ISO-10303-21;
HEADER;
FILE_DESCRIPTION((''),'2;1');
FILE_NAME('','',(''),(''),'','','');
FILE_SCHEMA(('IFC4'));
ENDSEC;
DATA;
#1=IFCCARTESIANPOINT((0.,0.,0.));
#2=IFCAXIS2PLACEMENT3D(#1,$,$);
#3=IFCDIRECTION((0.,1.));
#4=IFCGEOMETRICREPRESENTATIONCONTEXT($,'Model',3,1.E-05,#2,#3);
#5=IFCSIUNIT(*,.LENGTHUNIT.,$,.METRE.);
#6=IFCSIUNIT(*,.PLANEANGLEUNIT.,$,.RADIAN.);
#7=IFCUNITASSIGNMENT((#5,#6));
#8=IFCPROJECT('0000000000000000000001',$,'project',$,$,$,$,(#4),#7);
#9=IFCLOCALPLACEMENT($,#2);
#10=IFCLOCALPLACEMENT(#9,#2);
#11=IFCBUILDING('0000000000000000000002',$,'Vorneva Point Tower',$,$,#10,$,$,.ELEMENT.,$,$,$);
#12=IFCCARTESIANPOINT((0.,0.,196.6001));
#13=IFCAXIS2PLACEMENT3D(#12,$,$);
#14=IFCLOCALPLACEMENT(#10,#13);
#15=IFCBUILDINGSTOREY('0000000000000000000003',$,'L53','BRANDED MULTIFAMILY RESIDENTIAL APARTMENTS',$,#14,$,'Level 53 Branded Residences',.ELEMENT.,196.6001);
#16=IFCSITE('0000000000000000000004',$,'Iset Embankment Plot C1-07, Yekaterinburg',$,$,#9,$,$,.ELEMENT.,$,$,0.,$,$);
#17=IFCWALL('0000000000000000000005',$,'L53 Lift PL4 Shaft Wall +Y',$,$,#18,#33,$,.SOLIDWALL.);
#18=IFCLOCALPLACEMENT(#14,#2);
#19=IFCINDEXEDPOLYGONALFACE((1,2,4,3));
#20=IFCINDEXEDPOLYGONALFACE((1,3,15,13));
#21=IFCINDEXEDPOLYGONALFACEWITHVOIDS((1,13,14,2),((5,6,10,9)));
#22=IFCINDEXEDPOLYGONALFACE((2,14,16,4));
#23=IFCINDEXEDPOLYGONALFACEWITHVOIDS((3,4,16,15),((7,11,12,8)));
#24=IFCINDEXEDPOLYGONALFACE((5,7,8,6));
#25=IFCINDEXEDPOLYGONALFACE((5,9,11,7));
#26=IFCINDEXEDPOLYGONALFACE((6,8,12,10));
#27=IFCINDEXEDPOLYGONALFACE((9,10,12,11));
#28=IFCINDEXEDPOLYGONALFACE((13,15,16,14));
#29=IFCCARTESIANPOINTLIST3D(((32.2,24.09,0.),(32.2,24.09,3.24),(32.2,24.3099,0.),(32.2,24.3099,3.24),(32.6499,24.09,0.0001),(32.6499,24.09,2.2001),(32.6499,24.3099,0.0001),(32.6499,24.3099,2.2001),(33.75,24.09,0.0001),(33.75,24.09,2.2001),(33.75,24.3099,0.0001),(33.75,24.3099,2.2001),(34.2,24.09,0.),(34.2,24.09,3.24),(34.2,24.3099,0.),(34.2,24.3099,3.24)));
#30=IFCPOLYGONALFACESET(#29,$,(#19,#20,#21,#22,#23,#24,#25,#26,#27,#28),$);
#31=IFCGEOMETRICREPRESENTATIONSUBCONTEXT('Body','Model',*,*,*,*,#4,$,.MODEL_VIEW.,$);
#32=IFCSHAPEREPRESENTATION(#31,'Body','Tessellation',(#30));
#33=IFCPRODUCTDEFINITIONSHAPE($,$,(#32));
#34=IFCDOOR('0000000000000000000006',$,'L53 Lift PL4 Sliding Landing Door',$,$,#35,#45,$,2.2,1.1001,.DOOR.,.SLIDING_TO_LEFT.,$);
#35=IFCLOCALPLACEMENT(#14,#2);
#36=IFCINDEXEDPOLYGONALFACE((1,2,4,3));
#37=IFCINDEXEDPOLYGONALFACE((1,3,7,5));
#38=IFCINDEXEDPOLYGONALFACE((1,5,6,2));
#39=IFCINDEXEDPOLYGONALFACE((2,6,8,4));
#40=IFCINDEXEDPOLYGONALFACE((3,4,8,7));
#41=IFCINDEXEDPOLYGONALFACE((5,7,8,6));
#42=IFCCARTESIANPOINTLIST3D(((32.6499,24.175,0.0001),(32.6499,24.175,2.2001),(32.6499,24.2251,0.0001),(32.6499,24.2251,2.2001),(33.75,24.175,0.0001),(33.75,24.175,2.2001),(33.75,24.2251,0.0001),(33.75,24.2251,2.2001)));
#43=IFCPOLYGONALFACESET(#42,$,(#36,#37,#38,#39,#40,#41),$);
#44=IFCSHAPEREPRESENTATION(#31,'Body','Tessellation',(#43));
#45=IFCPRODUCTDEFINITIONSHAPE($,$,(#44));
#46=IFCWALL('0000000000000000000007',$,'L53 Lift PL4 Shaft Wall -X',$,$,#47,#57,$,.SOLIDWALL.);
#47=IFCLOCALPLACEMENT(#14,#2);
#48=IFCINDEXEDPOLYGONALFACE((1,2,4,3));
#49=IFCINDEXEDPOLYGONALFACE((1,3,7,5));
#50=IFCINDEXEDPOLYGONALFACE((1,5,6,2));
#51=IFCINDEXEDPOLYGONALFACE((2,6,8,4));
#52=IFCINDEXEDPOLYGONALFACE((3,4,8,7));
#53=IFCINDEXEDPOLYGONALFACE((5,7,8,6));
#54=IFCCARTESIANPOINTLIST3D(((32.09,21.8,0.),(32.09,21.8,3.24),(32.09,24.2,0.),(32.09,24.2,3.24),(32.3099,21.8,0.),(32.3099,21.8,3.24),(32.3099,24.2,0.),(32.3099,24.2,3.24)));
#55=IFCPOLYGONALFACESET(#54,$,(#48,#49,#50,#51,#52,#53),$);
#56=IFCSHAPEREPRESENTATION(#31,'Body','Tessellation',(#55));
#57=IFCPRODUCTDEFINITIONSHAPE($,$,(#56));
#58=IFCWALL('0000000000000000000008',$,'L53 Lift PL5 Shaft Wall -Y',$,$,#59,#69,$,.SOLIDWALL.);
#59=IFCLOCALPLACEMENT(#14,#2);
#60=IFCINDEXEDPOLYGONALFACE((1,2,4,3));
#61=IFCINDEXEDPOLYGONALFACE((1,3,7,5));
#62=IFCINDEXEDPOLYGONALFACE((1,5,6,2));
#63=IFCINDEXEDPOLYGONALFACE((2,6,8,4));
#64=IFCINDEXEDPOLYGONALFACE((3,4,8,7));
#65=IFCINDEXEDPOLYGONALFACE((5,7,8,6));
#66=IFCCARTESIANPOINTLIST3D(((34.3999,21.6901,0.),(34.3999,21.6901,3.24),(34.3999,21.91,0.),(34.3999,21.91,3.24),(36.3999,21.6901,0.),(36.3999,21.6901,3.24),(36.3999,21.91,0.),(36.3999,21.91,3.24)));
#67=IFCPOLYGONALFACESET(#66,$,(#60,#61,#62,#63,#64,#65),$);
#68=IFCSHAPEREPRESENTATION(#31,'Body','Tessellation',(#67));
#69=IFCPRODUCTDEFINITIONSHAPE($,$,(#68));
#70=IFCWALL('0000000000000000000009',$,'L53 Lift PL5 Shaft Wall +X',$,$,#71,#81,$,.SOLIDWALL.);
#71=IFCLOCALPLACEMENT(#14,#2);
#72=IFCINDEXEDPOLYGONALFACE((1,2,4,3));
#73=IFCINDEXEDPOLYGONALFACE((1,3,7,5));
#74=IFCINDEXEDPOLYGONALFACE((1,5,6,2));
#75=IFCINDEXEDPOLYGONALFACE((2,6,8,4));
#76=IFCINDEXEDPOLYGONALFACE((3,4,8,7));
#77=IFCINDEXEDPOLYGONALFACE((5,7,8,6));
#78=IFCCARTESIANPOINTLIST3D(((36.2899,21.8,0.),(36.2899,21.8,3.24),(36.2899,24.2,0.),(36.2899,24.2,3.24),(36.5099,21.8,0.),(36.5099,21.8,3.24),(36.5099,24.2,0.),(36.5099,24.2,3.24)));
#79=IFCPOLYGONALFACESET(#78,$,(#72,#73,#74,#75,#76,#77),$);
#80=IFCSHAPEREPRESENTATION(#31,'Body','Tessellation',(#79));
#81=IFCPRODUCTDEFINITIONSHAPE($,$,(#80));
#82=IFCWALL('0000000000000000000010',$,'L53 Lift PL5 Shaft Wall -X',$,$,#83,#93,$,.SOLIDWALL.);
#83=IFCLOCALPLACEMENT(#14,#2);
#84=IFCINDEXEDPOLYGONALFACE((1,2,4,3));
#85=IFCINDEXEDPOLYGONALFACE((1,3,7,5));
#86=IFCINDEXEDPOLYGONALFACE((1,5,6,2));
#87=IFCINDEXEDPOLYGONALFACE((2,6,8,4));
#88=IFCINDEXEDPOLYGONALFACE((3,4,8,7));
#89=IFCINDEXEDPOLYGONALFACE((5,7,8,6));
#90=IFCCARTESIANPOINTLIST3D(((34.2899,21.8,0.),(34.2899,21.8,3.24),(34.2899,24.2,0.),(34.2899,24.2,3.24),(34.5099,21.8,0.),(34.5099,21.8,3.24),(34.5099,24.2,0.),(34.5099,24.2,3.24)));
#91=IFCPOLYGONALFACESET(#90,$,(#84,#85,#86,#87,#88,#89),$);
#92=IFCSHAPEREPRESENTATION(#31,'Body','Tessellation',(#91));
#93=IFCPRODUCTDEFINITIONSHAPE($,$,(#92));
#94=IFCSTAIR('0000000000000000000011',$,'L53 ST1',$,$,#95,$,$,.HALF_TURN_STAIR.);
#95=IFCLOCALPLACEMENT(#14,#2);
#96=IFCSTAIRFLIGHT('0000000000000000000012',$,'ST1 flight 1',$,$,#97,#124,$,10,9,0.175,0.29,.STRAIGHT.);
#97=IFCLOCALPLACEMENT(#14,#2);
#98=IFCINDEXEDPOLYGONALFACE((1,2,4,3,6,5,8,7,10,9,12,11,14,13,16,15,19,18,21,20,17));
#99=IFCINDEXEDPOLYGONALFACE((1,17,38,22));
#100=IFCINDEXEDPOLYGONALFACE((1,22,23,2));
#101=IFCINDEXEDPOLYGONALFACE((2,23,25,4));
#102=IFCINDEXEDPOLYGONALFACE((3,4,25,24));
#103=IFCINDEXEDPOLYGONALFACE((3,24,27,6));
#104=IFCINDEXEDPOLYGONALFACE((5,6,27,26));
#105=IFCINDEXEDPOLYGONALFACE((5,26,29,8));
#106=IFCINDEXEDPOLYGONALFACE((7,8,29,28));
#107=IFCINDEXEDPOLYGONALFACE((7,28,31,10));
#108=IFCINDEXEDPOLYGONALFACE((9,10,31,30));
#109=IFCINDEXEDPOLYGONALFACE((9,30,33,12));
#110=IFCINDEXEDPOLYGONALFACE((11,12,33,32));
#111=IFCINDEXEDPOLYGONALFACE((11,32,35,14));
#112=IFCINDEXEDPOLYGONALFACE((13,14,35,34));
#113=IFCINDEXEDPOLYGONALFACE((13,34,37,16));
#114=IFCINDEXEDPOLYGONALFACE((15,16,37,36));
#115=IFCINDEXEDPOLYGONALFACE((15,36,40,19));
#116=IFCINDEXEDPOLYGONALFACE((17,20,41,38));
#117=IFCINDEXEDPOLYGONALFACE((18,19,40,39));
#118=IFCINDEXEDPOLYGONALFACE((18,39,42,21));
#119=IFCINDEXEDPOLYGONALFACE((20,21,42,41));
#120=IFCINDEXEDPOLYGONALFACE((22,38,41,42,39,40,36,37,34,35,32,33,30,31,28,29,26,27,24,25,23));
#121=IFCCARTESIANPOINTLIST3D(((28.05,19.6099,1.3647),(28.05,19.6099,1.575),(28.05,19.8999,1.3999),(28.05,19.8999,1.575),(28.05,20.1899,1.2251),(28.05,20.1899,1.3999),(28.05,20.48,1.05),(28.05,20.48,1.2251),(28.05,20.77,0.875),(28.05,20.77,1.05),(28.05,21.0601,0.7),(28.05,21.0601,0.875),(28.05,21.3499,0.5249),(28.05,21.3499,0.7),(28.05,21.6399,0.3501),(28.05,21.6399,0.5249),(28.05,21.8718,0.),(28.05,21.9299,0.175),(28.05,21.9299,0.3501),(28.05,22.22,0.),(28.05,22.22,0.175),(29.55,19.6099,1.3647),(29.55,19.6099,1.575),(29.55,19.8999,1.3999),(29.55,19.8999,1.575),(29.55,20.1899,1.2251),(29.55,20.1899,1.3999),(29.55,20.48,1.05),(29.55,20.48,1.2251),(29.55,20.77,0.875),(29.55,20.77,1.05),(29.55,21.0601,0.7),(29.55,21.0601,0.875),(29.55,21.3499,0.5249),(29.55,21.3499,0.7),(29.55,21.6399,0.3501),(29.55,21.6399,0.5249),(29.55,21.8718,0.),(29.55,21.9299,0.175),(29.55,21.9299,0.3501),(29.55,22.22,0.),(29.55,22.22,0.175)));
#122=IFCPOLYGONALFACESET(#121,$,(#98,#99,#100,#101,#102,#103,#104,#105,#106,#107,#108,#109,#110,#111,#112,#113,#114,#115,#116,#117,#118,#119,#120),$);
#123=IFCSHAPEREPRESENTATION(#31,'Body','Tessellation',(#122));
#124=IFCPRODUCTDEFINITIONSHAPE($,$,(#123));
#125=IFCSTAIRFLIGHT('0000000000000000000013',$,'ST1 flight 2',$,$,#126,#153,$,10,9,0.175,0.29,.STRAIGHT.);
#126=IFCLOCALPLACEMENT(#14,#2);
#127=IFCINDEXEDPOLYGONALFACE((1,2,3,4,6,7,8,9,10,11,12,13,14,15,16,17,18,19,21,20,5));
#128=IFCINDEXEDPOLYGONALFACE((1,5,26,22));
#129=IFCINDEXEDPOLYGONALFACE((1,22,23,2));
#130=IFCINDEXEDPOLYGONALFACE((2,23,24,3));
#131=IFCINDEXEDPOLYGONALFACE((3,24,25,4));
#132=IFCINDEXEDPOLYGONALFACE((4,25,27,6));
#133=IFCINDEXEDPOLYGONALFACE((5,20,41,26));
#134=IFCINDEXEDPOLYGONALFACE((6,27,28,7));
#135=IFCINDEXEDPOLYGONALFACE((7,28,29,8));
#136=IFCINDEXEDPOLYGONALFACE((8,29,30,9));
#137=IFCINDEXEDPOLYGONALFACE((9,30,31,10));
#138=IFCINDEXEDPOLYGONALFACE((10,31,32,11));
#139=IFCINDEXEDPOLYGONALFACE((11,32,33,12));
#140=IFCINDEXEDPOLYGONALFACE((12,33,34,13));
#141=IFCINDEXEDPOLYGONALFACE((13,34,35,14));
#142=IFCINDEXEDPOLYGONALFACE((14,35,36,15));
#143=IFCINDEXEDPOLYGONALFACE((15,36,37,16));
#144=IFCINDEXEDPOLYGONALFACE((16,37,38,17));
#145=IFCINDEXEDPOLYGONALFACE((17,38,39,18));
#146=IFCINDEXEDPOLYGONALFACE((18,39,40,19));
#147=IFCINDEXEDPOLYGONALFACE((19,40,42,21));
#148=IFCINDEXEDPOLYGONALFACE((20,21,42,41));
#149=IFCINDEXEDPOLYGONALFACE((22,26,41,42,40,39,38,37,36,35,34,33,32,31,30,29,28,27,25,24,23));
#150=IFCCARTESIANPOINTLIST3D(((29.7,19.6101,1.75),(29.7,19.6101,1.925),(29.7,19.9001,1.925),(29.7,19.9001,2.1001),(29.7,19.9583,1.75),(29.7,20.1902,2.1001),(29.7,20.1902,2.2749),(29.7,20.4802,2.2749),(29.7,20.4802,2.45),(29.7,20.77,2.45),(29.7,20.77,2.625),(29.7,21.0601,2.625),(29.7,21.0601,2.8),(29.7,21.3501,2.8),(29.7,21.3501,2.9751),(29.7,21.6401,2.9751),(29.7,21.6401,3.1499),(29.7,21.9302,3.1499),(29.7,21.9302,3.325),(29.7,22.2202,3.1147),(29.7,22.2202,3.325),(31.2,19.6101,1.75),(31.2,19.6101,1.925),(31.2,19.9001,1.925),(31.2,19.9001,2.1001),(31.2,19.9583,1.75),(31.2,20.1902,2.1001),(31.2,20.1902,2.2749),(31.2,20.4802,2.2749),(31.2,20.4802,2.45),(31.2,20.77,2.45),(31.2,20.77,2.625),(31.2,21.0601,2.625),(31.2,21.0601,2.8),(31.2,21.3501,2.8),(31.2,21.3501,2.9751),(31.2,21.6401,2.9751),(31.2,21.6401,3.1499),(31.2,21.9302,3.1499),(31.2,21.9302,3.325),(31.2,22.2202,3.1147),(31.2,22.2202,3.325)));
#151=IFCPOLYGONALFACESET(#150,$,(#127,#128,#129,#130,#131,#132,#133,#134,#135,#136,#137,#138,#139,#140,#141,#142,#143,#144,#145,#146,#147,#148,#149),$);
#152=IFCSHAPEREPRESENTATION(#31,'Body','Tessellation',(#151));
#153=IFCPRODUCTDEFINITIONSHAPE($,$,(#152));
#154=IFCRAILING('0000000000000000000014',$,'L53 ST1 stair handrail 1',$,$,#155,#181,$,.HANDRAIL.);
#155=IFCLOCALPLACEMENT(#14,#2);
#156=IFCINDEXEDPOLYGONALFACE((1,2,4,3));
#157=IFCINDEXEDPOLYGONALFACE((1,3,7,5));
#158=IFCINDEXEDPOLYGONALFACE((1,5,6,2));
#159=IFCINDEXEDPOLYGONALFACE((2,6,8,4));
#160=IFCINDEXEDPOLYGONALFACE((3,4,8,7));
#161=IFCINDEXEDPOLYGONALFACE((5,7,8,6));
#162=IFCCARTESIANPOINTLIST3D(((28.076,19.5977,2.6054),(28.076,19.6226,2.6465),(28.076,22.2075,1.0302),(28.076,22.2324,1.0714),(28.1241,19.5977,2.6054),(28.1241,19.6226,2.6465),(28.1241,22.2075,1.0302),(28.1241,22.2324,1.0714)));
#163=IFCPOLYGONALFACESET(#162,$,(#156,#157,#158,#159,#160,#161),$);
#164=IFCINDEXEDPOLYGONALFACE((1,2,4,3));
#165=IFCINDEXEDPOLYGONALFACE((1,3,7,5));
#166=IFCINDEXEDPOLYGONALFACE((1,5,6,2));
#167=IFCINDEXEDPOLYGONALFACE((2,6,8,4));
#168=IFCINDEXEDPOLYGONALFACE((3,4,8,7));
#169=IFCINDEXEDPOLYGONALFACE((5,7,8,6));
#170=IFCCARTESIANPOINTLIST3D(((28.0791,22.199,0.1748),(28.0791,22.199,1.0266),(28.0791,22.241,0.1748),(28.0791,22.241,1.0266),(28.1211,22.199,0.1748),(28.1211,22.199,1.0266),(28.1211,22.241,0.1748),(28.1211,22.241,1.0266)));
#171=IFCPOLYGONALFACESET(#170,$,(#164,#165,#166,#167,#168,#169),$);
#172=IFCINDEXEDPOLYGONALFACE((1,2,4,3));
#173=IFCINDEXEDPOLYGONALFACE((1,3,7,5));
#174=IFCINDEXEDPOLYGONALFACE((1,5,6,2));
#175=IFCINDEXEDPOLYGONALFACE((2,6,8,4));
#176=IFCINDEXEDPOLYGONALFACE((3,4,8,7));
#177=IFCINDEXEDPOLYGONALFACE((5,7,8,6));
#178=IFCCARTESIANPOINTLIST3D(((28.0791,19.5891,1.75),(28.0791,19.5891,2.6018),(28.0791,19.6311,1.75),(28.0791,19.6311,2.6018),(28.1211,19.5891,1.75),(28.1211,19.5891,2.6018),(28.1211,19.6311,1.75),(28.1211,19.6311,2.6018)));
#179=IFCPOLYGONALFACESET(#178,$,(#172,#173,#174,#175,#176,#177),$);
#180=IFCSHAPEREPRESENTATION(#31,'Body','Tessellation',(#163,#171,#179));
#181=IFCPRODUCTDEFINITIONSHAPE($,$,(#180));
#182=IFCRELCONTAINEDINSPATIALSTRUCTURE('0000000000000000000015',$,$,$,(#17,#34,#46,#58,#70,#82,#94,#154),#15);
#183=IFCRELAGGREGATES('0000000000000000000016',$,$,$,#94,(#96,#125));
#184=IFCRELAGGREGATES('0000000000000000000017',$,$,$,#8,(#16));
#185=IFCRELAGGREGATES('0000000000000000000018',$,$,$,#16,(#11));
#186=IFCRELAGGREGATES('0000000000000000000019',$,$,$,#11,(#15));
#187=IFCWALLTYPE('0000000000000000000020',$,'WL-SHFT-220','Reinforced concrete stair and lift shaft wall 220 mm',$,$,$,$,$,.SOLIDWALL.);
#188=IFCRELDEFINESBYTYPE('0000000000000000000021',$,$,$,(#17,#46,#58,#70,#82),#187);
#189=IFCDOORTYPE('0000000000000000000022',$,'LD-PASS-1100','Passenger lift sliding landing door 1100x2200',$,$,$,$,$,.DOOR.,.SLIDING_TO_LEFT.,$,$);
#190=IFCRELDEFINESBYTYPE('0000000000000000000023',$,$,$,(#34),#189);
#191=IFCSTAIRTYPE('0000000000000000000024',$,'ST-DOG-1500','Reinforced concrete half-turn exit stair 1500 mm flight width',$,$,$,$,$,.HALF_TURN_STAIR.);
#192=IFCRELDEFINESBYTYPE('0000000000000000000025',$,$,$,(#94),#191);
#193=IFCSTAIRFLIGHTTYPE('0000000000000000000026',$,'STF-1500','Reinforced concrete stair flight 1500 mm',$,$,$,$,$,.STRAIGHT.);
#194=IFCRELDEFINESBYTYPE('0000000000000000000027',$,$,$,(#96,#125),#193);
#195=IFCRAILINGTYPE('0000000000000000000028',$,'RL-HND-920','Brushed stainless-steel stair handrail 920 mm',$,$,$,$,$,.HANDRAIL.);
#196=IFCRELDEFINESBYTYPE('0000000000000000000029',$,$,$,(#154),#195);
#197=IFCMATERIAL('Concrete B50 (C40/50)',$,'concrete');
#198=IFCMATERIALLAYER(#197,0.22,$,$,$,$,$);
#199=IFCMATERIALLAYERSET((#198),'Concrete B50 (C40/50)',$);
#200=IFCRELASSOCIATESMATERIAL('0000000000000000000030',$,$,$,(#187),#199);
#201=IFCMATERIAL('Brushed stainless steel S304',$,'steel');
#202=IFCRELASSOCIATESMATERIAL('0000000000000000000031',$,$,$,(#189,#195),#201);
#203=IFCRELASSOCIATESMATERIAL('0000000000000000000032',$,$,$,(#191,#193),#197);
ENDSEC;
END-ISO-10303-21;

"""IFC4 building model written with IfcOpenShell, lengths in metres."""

from ifc_helpers import new_model, si_unit, direction, frame, frame_2d, origin, origin_2d, place, context, subcontext, project, spatial, polyline, rectangle, outline, extrude, material, layer, layer_set, type_object, element, fill, aggregate, save


model = new_model("IFC4")

# Units and contexts
model_context = context("Model", 3, precision=1e-05, world=origin(), true_north=direction((0.0, 1.0)))
body_context = subcontext(model_context, "Body", "Model", "MODEL_VIEW")
ifc_project = project(units=[si_unit("LENGTHUNIT", "METRE"), si_unit("PLANEANGLEUNIT", "RADIAN")], contexts=[model_context])

# Site, building, storey
site_placement = place(None, origin())
site = spatial("IfcSite", under=ifc_project, at=site_placement, Name="Iset Embankment Plot C1-07, Yekaterinburg", CompositionType="ELEMENT", RefElevation=0.0)
building_placement = place(site_placement, origin())
building = spatial("IfcBuilding", under=site, at=building_placement, Name="Vorneva Point Tower", CompositionType="ELEMENT")
storey_placement = place(building_placement, frame((0.0, 0.0, 196.6001)))
storey = spatial("IfcBuildingStorey", under=building, at=storey_placement, Name="L53", Description="BRANDED MULTIFAMILY RESIDENTIAL APARTMENTS", LongName="Level 53 Branded Residences", CompositionType="ELEMENT", Elevation=196.6001)

# Shared definitions
ifc_material_1 = material(Name="Concrete B50 (C40/50)", Category="concrete")

# Shared definitions
ifc_layer_1 = layer(ifc_material_1, 0.22)
ifc_layer_set_1 = layer_set([ifc_layer_1], Name="Concrete B50 (C40/50)")
wall_type_1 = type_object("IfcWallType", Name="WL-SHFT-220", Description="Reinforced concrete stair and lift shaft wall 220 mm", PredefinedType="SOLIDWALL", material=ifc_layer_set_1)

# Wall, opening, door
wall_1_placement = place(storey_placement, frame((34.2, 24.2, 0.0), z_axis=(0.0, 0.0, 1.0), x_axis=(-1.0, 0.0, 0.0)))
wall_1 = element("IfcWall", 1, at=wall_1_placement, inside=storey, type_object=wall_type_1, Name="L53 Lift PL4 Shaft Wall +Y", PredefinedType="SOLIDWALL", context=body_context, shape_type="SweptSolid", body=[
    extrude(rectangle(XDim=2.0, YDim=0.22, at=frame_2d((1.0, 0.0))), origin(), (0.0, 0.0, 1.0), 3.24),
])
opening_1_placement = place(wall_1_placement, frame((0.45, 0.0, 0.0)))
opening_1 = element("IfcOpeningElement", 2, at=opening_1_placement, cuts=wall_1, PredefinedType="OPENING", context=body_context, shape_type="SweptSolid", body=[
    extrude(rectangle(XDim=1.1001, YDim=2.2, at=frame_2d((0.55, 1.1001))), frame((0.0, 0.125, 0.0), z_axis=(0.0, -1.0, 0.0), x_axis=(1.0, 0.0, 0.0)), (0.0, 0.0, 1.0), 0.2498),
])
ifc_material_2 = material(Name="Brushed stainless steel S304", Category="steel")
door_type_1 = type_object("IfcDoorType", Name="LD-PASS-1100", Description="Passenger lift sliding landing door 1100x2200", OperationType="SLIDING_TO_LEFT", PredefinedType="DOOR", material=ifc_material_2)
door_1_placement = place(opening_1_placement, origin())
door_1 = element("IfcDoor", 3, at=door_1_placement, inside=storey, type_object=door_type_1, Name="L53 Lift PL4 Sliding Landing Door", OperationType="SLIDING_TO_LEFT", OverallHeight=2.2, OverallWidth=1.1001, PredefinedType="DOOR", context=body_context, shape_type="SweptSolid", body=[
    extrude(rectangle(XDim=1.1001, YDim=2.2, at=frame_2d((0.55, 1.1001))), frame((0.0, 0.0249, 0.0), z_axis=(0.0, -1.0, 0.0), x_axis=(1.0, 0.0, 0.0)), (0.0, 0.0, 1.0), 0.05),
])
fill(opening_1, door_1)

# Walls
wall_2_placement = place(storey_placement, frame((32.2, 24.2, 0.0), z_axis=(0.0, 0.0, 1.0), x_axis=(0.0, -1.0, 0.0)))
element("IfcWall", 4, at=wall_2_placement, inside=storey, type_object=wall_type_1, Name="L53 Lift PL4 Shaft Wall -X", PredefinedType="SOLIDWALL", context=body_context, shape_type="SweptSolid", body=[
    extrude(rectangle(XDim=2.3999, YDim=0.22, at=frame_2d((1.2, 0.0))), origin(), (0.0, 0.0, 1.0), 3.24),
])
wall_3_placement = place(storey_placement, frame((34.3999, 21.8, 0.0), z_axis=(0.0, 0.0, 1.0), x_axis=(1.0, 0.0, 0.0)))
element("IfcWall", 5, at=wall_3_placement, inside=storey, type_object=wall_type_1, Name="L53 Lift PL5 Shaft Wall -Y", PredefinedType="SOLIDWALL", context=body_context, shape_type="SweptSolid", body=[
    extrude(rectangle(XDim=2.0, YDim=0.22, at=frame_2d((1.0, 0.0))), origin(), (0.0, 0.0, 1.0), 3.24),
])
for number, where, z_axis, x_axis, name in (
    (6, (36.3999, 21.8, 0.0), (0.0, 0.0, 1.0), (0.0, 1.0, 0.0), "L53 Lift PL5 Shaft Wall +X"),
    (7, (34.3999, 24.2, 0.0), (0.0, 0.0, 1.0), (0.0, -1.0, 0.0), "L53 Lift PL5 Shaft Wall -X"),
):
    element("IfcWall", number, at=place(storey_placement, frame(where, z_axis=z_axis, x_axis=x_axis)), inside=storey, type_object=wall_type_1, Name=name, PredefinedType="SOLIDWALL", context=body_context, shape_type="SweptSolid", body=[
        extrude(rectangle(XDim=2.3999, YDim=0.22, at=frame_2d((1.2, 0.0))), origin(), (0.0, 0.0, 1.0), 3.24),
    ])

# Stair, stair flights
stair_type = type_object("IfcStairType", Name="ST-DOG-1500", Description="Reinforced concrete half-turn exit stair 1500 mm flight width", PredefinedType="HALF_TURN_STAIR", material=ifc_material_1)
stair_placement = place(storey_placement, origin())
stair = element("IfcStair", 8, at=stair_placement, inside=storey, type_object=stair_type, Name="L53 ST1", PredefinedType="HALF_TURN_STAIR")
stair_flight_type = type_object("IfcStairFlightType", Name="STF-1500", Description="Reinforced concrete stair flight 1500 mm", PredefinedType="STRAIGHT", material=ifc_material_1)
stair_flight_1_placement = place(storey_placement, frame((28.8, 22.22, 0.0), z_axis=(0.0, 0.0, 1.0), x_axis=(0.0, -1.0, 0.0)))
stair_flight_1 = element("IfcStairFlight", 9, at=stair_flight_1_placement, type_object=stair_flight_type, Name="ST1 flight 1", NumberOfRisers=10, NumberOfTreads=9, PredefinedType="STRAIGHT", RiserHeight=0.175, TreadLength=0.29, context=body_context, shape_type="SweptSolid", body=[
    extrude(outline(polyline([(0.0, 0.0), (0.0, 0.175), (0.29, 0.175), (0.29, 0.3501), (0.5801, 0.3501), (0.5801, 0.5249), (0.8701, 0.5249), (0.8701, 0.7), (1.1599, 0.7), (1.1599, 0.875), (1.45, 0.875), (1.45, 1.05), (1.74, 1.05), (1.74, 1.2251), (2.03, 1.2251), (2.03, 1.3999), (2.3201, 1.3999), (2.3201, 1.575), (2.6101, 1.575), (2.6101, 1.75), (2.6101, 1.3647), (0.3481, 0.0), (0.0, 0.0)])), frame((0.0, 0.75, 0.0), z_axis=(0.0, -1.0, 0.0), x_axis=(1.0, 0.0, 0.0)), (0.0, 0.0, 1.0), 1.5),
])
stair_flight_2_placement = place(storey_placement, frame((30.45, 19.6101, 1.75), z_axis=(0.0, 0.0, 1.0), x_axis=(0.0, 1.0, 0.0)))
stair_flight_2 = element("IfcStairFlight", 10, at=stair_flight_2_placement, type_object=stair_flight_type, Name="ST1 flight 2", NumberOfRisers=10, NumberOfTreads=9, PredefinedType="STRAIGHT", RiserHeight=0.175, TreadLength=0.29, context=body_context, shape_type="SweptSolid", body=[
    extrude(outline(polyline([(0.0, 0.0), (0.0, 0.175), (0.29, 0.175), (0.29, 0.3501), (0.5801, 0.3501), (0.5801, 0.5249), (0.8701, 0.5249), (0.8701, 0.7), (1.1599, 0.7), (1.1599, 0.875), (1.45, 0.875), (1.45, 1.05), (1.74, 1.05), (1.74, 1.2251), (2.03, 1.2251), (2.03, 1.3999), (2.3201, 1.3999), (2.3201, 1.575), (2.6101, 1.575), (2.6101, 1.75), (2.6101, 1.3647), (0.3481, 0.0), (0.0, 0.0)])), frame((0.0, 0.75, 0.0), z_axis=(0.0, -1.0, 0.0), x_axis=(1.0, 0.0, 0.0)), (0.0, 0.0, 1.0), 1.5),
])
aggregate(stair, [stair_flight_1, stair_flight_2])

# Railing
railing_type_1 = type_object("IfcRailingType", Name="RL-HND-920", Description="Brushed stainless-steel stair handrail 920 mm", PredefinedType="HANDRAIL", material=ifc_material_2)
railing_1_placement = place(storey_placement, frame((28.1001, 22.22, 0.1748)))
element("IfcRailing", 11, at=railing_1_placement, inside=storey, type_object=railing_type_1, Name="L53 ST1 stair handrail 1", PredefinedType="HANDRAIL", context=body_context, shape_type="SweptSolid", body=[
    extrude(rectangle(XDim=0.0481, YDim=0.0481, at=origin_2d()), frame((0.0, 0.0, 0.876), z_axis=(0.0, -0.856147, 0.516732), x_axis=(1.0, 0.0, 0.0)), (0.0, 0.0, 1.0), 3.0483),
    extrude(rectangle(XDim=0.042, YDim=0.042, at=origin_2d()), origin(), (0.0, 0.0, 1.0), 0.8518),
    extrude(rectangle(XDim=0.042, YDim=0.042, at=origin_2d()), frame((0.0, -2.6099, 1.5752)), (0.0, 0.0, 1.0), 0.8518),
])

save(model, "model.ifc")
